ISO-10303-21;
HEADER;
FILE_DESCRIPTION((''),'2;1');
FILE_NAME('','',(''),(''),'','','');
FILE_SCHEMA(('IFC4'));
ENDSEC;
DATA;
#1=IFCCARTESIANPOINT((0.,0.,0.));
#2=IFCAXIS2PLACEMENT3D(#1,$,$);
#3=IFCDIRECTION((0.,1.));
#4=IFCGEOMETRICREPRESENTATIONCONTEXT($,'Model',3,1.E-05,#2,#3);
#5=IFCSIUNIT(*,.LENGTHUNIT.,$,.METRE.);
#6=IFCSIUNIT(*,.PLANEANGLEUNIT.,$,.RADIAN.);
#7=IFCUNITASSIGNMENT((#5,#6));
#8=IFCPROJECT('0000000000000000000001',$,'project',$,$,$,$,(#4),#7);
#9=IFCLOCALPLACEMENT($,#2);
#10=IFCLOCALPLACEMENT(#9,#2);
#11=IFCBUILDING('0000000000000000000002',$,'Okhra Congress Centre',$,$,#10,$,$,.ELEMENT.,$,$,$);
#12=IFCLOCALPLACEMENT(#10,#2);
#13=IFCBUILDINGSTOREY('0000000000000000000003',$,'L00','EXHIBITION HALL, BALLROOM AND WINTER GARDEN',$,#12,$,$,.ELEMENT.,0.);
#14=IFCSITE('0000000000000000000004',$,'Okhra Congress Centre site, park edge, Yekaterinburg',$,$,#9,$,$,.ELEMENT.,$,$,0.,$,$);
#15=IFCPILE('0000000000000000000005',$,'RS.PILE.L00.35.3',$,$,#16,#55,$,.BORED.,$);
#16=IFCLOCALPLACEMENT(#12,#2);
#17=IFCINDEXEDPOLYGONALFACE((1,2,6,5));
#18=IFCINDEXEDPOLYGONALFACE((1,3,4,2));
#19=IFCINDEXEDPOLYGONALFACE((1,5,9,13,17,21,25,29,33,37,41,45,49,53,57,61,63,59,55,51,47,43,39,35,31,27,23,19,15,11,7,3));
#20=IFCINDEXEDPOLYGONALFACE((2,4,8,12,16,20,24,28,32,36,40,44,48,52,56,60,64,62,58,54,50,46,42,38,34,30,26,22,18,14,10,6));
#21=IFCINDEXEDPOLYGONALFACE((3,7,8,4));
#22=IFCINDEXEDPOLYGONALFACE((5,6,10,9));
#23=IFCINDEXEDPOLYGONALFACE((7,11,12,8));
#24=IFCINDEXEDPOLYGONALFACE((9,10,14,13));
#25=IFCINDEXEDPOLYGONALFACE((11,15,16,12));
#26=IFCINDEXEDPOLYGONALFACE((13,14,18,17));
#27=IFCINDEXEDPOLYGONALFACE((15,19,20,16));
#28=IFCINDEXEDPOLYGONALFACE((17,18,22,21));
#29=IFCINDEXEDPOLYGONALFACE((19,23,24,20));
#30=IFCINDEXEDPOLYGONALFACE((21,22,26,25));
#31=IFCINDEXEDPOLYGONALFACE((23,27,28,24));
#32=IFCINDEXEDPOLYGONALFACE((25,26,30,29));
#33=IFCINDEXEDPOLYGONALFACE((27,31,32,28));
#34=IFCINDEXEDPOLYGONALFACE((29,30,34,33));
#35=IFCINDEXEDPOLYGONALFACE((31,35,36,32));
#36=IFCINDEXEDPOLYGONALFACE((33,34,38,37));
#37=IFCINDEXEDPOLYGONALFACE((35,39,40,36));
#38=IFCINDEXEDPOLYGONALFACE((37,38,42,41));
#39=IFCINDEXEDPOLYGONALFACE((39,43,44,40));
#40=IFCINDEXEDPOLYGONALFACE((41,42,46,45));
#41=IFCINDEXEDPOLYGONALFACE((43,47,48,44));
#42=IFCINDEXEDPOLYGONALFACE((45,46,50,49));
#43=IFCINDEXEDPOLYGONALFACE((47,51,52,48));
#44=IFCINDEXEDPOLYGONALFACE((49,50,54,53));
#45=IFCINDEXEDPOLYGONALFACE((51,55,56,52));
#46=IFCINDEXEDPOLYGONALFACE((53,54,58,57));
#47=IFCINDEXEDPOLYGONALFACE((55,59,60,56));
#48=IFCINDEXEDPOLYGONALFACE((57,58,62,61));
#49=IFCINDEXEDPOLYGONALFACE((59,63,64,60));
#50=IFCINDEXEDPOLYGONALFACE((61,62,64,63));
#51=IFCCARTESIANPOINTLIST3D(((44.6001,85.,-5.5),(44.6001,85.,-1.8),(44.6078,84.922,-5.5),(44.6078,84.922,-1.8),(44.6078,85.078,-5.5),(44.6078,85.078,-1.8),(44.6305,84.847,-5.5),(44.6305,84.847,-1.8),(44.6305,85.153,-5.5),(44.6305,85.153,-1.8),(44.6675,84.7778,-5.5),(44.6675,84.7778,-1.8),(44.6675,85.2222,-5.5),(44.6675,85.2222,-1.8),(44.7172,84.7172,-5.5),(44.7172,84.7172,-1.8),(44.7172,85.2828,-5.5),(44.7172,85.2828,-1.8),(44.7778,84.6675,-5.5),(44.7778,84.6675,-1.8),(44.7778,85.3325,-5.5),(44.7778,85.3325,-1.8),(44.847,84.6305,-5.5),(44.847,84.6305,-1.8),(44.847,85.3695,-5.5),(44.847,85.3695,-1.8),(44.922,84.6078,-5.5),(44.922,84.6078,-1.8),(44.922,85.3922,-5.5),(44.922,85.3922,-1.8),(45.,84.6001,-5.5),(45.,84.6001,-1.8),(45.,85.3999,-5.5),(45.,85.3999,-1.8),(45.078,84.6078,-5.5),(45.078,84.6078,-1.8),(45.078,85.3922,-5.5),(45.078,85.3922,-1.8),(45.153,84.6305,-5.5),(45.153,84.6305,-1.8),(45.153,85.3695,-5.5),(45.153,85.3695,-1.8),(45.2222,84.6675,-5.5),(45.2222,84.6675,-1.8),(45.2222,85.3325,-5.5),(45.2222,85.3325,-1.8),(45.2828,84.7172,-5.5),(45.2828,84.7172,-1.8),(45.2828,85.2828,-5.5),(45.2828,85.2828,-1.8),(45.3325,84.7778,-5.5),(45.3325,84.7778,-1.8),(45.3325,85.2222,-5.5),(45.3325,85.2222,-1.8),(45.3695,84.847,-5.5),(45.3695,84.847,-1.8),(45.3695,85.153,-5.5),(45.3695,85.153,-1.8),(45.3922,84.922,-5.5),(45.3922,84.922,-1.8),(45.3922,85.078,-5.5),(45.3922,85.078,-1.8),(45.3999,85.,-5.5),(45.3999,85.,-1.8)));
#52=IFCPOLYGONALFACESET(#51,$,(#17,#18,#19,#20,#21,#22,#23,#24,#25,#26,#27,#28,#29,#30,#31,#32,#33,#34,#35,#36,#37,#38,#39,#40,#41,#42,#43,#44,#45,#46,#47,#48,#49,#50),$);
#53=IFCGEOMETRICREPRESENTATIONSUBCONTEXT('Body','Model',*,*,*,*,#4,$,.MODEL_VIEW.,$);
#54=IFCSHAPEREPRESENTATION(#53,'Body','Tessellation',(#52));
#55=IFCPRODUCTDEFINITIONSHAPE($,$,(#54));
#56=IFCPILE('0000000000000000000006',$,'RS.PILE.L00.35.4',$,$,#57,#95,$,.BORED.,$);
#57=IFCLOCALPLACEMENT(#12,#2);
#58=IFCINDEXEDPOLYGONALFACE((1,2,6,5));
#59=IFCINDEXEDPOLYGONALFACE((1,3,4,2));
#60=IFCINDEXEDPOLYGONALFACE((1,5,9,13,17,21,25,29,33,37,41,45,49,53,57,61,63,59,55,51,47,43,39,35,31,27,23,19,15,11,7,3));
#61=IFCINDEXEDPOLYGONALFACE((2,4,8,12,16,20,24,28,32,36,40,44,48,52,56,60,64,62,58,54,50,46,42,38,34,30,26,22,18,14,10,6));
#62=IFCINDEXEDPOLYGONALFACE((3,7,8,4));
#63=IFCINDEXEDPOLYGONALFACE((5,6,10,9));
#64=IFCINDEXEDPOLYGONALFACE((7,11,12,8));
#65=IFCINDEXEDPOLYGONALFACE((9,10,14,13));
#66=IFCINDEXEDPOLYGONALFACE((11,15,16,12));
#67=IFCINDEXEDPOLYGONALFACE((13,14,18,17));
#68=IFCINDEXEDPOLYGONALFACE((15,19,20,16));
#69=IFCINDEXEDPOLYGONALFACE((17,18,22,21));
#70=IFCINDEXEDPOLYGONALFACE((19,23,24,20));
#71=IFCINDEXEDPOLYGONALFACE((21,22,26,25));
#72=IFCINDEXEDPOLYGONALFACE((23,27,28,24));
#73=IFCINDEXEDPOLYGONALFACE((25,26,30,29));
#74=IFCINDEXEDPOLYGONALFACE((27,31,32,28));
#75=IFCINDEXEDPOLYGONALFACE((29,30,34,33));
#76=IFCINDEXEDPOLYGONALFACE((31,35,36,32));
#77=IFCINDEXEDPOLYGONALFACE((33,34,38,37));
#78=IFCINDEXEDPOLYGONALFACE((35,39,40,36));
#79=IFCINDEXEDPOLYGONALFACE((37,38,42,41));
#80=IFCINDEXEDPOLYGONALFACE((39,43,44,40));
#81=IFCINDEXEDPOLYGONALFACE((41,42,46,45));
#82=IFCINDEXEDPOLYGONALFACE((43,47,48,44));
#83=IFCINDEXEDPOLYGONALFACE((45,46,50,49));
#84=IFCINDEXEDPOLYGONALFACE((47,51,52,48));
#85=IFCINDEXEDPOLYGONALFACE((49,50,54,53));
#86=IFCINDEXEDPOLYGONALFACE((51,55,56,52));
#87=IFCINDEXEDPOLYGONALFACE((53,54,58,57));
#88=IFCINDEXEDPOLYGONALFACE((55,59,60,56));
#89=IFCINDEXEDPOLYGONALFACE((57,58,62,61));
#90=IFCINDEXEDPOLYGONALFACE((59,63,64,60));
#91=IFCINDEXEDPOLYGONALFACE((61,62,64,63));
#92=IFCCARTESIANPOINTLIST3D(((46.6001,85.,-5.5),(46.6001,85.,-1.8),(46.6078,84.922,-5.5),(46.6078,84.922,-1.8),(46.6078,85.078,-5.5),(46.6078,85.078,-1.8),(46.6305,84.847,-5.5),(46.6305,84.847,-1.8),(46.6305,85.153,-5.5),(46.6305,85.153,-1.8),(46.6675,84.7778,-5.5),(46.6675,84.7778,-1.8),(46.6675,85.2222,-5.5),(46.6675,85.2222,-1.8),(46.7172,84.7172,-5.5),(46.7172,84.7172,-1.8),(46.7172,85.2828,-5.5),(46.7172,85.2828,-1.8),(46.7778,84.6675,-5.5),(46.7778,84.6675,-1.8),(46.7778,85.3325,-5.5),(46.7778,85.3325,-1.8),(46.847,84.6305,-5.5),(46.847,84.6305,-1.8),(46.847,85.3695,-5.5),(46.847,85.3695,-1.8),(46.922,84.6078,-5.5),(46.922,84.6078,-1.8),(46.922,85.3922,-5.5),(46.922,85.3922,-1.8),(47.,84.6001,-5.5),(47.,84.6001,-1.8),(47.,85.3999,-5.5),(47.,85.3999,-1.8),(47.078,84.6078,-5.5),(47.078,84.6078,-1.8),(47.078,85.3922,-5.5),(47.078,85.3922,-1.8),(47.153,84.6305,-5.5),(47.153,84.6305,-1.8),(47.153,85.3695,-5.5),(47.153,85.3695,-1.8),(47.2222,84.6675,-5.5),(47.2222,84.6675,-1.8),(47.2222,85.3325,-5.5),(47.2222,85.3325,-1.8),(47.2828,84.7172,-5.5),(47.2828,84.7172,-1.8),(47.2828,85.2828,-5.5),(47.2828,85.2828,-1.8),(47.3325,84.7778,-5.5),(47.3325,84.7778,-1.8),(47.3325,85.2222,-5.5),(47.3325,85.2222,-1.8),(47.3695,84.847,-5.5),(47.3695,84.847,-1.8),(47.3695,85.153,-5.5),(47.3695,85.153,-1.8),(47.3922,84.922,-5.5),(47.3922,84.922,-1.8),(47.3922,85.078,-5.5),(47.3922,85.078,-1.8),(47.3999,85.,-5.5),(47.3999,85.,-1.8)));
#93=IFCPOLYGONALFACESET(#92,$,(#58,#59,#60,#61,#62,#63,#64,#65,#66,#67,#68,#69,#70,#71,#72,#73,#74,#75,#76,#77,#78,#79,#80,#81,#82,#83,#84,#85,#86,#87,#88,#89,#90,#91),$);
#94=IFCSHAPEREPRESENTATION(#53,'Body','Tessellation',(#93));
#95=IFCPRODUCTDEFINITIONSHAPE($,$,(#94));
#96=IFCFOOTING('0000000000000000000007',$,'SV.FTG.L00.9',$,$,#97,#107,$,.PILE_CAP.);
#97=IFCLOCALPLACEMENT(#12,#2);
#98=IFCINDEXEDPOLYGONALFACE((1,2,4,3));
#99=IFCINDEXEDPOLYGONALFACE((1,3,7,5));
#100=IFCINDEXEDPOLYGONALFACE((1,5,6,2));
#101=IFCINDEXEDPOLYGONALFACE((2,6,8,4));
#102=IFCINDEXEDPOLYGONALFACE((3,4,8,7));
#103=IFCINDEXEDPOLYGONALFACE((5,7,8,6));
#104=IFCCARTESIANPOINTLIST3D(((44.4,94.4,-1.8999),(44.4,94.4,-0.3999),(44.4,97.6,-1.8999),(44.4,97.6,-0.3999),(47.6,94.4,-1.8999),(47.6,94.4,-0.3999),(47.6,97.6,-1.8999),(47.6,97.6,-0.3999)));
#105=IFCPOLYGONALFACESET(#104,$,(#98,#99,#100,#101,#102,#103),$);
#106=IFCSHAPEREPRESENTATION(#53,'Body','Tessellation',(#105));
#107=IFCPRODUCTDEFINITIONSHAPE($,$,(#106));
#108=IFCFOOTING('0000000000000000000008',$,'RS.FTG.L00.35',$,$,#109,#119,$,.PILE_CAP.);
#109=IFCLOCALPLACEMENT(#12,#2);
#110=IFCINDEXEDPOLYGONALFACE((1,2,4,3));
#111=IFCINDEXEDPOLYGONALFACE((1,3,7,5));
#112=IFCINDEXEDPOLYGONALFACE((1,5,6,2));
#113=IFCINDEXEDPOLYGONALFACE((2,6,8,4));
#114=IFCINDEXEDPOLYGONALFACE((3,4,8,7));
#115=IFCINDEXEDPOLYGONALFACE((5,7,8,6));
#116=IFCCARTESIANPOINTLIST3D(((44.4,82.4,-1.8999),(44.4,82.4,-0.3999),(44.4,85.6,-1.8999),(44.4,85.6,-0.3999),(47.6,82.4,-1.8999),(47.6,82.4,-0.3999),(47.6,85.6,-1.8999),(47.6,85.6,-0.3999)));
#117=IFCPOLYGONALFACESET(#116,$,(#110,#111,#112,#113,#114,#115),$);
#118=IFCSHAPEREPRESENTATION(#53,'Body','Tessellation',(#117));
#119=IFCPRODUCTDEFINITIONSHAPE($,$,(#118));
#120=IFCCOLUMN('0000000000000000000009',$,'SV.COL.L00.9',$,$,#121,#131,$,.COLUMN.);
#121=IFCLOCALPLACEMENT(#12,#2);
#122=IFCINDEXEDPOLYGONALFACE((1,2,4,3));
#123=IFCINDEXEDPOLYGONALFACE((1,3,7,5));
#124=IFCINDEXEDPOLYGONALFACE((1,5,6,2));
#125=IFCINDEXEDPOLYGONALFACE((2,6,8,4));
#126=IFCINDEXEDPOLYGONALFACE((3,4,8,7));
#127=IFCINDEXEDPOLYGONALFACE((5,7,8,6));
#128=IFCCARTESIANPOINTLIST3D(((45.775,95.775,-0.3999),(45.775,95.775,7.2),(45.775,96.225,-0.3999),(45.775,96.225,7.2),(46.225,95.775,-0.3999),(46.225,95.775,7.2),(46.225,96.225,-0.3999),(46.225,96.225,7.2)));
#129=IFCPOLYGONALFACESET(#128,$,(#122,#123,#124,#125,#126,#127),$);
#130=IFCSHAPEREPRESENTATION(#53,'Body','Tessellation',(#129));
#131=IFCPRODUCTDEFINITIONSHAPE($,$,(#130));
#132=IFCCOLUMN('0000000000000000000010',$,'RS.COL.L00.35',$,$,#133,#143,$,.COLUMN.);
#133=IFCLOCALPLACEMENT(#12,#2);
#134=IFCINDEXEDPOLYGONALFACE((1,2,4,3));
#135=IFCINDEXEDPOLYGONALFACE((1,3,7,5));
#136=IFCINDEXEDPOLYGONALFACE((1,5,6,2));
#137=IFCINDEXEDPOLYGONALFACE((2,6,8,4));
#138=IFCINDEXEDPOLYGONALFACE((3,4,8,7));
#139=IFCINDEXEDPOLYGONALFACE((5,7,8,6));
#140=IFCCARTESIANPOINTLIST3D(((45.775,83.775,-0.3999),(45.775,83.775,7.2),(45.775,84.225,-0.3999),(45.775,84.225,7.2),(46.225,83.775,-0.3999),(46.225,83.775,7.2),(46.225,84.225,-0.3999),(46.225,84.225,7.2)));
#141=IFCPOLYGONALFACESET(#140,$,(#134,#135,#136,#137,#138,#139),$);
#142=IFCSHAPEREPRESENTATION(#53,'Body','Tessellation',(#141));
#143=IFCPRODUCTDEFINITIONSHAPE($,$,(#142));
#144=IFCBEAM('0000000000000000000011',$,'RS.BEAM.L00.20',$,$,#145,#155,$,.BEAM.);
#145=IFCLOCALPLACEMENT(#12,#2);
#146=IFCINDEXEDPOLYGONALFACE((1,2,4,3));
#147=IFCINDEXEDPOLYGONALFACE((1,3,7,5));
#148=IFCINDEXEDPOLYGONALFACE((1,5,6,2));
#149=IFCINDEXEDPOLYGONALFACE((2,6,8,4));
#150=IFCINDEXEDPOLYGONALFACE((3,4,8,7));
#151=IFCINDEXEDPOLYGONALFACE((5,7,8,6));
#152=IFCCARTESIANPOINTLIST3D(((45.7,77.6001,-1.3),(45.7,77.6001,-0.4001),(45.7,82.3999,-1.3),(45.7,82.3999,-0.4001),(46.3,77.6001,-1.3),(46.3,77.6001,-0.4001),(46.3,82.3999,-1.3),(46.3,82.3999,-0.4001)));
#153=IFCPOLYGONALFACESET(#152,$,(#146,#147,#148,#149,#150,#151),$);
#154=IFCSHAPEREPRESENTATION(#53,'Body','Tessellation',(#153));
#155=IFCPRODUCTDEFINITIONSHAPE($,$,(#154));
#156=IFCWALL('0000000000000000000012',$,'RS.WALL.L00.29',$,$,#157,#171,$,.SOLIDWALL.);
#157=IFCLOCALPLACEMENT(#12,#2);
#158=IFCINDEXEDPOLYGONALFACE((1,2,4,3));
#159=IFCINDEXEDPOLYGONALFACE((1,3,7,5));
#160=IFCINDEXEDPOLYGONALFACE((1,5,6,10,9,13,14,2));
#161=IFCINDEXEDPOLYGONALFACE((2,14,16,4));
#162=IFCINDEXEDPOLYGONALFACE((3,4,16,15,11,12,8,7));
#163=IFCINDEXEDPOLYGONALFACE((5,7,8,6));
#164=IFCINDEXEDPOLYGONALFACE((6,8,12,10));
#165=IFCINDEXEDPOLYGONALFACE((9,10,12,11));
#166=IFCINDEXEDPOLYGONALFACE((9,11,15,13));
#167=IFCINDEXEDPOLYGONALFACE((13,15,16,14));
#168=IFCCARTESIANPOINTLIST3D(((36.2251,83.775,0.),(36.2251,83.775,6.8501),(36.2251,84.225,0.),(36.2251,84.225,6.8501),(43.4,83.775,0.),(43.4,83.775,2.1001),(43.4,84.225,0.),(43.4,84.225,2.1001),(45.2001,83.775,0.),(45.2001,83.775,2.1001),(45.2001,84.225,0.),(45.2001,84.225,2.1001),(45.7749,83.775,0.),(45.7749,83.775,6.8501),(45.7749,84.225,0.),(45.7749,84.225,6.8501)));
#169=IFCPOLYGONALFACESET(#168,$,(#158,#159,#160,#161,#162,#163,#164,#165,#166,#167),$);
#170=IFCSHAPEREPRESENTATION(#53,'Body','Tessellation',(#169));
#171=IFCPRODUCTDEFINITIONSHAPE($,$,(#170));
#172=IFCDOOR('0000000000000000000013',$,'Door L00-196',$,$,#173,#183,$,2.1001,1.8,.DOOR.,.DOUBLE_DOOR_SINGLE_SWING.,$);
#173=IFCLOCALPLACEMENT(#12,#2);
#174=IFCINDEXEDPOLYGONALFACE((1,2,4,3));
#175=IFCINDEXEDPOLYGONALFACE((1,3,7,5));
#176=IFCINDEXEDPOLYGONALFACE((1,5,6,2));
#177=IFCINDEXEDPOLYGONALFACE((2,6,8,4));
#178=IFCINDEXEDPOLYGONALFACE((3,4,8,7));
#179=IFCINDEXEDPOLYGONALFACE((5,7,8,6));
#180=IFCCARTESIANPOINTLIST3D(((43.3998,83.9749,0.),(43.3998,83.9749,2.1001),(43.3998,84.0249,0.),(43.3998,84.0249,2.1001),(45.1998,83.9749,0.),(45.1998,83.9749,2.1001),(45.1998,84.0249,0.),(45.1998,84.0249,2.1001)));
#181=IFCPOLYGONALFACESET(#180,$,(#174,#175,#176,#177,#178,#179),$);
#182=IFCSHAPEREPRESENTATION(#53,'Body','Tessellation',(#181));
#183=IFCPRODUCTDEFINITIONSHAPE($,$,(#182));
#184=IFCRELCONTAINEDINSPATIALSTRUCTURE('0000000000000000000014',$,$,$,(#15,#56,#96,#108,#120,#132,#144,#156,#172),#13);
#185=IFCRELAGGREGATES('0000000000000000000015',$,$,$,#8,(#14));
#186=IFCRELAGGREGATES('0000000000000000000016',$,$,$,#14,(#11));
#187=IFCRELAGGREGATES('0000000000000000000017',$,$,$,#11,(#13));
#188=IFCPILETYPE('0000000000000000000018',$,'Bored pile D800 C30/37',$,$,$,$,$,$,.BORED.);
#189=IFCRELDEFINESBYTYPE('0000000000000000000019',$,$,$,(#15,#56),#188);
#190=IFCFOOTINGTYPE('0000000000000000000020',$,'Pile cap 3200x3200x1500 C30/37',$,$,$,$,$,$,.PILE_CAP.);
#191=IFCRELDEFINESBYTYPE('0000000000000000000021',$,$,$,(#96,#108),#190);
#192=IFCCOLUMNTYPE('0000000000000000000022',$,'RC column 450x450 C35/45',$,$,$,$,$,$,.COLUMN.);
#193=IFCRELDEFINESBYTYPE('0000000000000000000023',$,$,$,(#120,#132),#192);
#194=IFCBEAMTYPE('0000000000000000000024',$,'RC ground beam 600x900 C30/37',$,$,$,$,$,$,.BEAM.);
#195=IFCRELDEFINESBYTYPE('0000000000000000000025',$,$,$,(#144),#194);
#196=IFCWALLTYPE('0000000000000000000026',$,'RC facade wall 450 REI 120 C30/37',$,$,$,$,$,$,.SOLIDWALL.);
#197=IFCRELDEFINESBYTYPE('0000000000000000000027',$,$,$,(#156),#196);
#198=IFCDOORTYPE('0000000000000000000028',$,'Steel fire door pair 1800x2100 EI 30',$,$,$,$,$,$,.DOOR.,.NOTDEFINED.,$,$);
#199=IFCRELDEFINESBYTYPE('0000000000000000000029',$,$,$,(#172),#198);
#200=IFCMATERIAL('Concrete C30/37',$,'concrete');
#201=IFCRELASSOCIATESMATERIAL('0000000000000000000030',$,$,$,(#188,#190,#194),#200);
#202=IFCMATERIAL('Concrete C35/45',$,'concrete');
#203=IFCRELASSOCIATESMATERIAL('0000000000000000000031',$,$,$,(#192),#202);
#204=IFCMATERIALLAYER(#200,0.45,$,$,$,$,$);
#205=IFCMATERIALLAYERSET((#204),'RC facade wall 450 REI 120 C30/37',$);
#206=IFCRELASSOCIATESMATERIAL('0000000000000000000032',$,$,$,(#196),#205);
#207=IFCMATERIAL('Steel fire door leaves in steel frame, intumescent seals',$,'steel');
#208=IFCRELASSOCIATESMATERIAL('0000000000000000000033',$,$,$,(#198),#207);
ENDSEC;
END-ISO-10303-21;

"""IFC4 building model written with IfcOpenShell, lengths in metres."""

from ifc_helpers import new_model, si_unit, direction, frame, frame_2d, origin, origin_2d, place, context, subcontext, project, spatial, rectangle, circle, extrude, material, layer, layer_set, material_profile, profile_set, type_object, element, fill, save


model = new_model("IFC4")

# Units and contexts
model_context = context("Model", 3, precision=1e-05, world=origin(), true_north=direction((0.0, 1.0)))
body_context = subcontext(model_context, "Body", "Model", "MODEL_VIEW")
ifc_project = project(units=[si_unit("LENGTHUNIT", "METRE"), si_unit("PLANEANGLEUNIT", "RADIAN")], contexts=[model_context])

# Site, building, storey
site_placement = place(None, origin())
site = spatial("IfcSite", under=ifc_project, at=site_placement, Name="Okhra Congress Centre site, park edge, Yekaterinburg", CompositionType="ELEMENT", RefElevation=0.0)
building_placement = place(site_placement, origin())
building = spatial("IfcBuilding", under=site, at=building_placement, Name="Okhra Congress Centre", CompositionType="ELEMENT")
storey_placement = place(building_placement, origin())
storey = spatial("IfcBuildingStorey", under=building, at=storey_placement, Name="L00", Description="EXHIBITION HALL, BALLROOM AND WINTER GARDEN", CompositionType="ELEMENT", Elevation=0.0)

# Piles
ifc_material_1 = material(Name="Concrete C30/37", Category="concrete")
ifc_material_profile_1 = material_profile(ifc_material_1, circle(Radius=0.3999, at=origin_2d()), Name="D800")
ifc_profile_set_1 = profile_set([ifc_material_profile_1], Name="Concrete C30/37")
pile_type = type_object("IfcPileType", Name="Bored pile D800 C30/37", PredefinedType="BORED", material=ifc_profile_set_1)
for number, where, z_axis, x_axis, name in (
    (1, (45.0, 85.0, -1.8), (0.0, 0.0, -1.0), (1.0, 0.0, 0.0), "RS.PILE.L00.35.3"),
    (2, (47.0, 85.0, -1.8), (0.0, 0.0, -1.0), (1.0, 0.0, 0.0), "RS.PILE.L00.35.4"),
):
    element("IfcPile", number, at=place(storey_placement, frame(where, z_axis=z_axis, x_axis=x_axis)), inside=storey, type_object=pile_type, Name=name, PredefinedType="BORED", context=body_context, shape_type="SweptSolid", body=[
        extrude(circle(Radius=0.3999, at=origin_2d()), origin(), (0.0, 0.0, 1.0), 3.7),
    ])

# Footings
footing_type = type_object("IfcFootingType", Name="Pile cap 3200x3200x1500 C30/37", PredefinedType="PILE_CAP", material=ifc_material_1)
for number, where, z_axis, x_axis, name in (
    (3, (46.0, 96.0, -1.8999), (0.0, 0.0, 1.0), (1.0, 0.0, 0.0), "SV.FTG.L00.9"),
    (4, (46.0, 84.0, -1.8999), (0.0, 0.0, 1.0), (1.0, 0.0, 0.0), "RS.FTG.L00.35"),
):
    element("IfcFooting", number, at=place(storey_placement, frame(where, z_axis=z_axis, x_axis=x_axis)), inside=storey, type_object=footing_type, Name=name, PredefinedType="PILE_CAP", context=body_context, shape_type="SweptSolid", body=[
        extrude(rectangle(XDim=3.2, YDim=3.2, at=origin_2d()), origin(), (0.0, 0.0, 1.0), 1.5),
    ])

# Columns
ifc_material_2 = material(Name="Concrete C35/45", Category="concrete")
ifc_material_profile_2 = material_profile(ifc_material_2, rectangle(XDim=0.45, YDim=0.45, at=origin_2d()), Name="RC 450x450")
ifc_profile_set_2 = profile_set([ifc_material_profile_2], Name="Concrete C35/45")
column_type = type_object("IfcColumnType", Name="RC column 450x450 C35/45", PredefinedType="COLUMN", material=ifc_profile_set_2)
for number, where, z_axis, x_axis, name in (
    (5, (46.0, 96.0, -0.3999), (0.0, 0.0, 1.0), (1.0, 0.0, 0.0), "SV.COL.L00.9"),
    (6, (46.0, 84.0, -0.3999), (0.0, 0.0, 1.0), (1.0, 0.0, 0.0), "RS.COL.L00.35"),
):
    element("IfcColumn", number, at=place(storey_placement, frame(where, z_axis=z_axis, x_axis=x_axis)), inside=storey, type_object=column_type, Name=name, PredefinedType="COLUMN", context=body_context, shape_type="SweptSolid", body=[
        extrude(rectangle(XDim=0.45, YDim=0.45, at=origin_2d()), origin(), (0.0, 0.0, 1.0), 7.5999),
    ])

# Beam
ifc_material_profile_3 = material_profile(ifc_material_1, rectangle(XDim=0.6001, YDim=0.8999, at=origin_2d()), Name="RC 600x900")
ifc_profile_set_3 = profile_set([ifc_material_profile_3], Name="Concrete C30/37")
beam_type = type_object("IfcBeamType", Name="RC ground beam 600x900 C30/37", PredefinedType="BEAM", material=ifc_profile_set_3)
beam_placement = place(storey_placement, frame((46.0, 77.6001, -0.8501), z_axis=(0.0, 1.0, 0.0), x_axis=(-1.0, 0.0, 0.0)))
element("IfcBeam", 7, at=beam_placement, inside=storey, type_object=beam_type, Name="RS.BEAM.L00.20", PredefinedType="BEAM", context=body_context, shape_type="SweptSolid", body=[
    extrude(rectangle(XDim=0.6001, YDim=0.8999, at=origin_2d()), origin(), (0.0, 0.0, 1.0), 4.7998),
])

# Wall, opening, door
ifc_layer_1 = layer(ifc_material_1, 0.45)
ifc_layer_set_1 = layer_set([ifc_layer_1], Name="RC facade wall 450 REI 120 C30/37")
wall_type_1 = type_object("IfcWallType", Name="RC facade wall 450 REI 120 C30/37", PredefinedType="SOLIDWALL", material=ifc_layer_set_1)
wall_1_placement = place(storey_placement, frame((45.7749, 84.0, 0.0), z_axis=(0.0, 0.0, 1.0), x_axis=(-1.0, 0.0, 0.0)))
wall_1 = element("IfcWall", 8, at=wall_1_placement, inside=storey, type_object=wall_type_1, Name="RS.WALL.L00.29", PredefinedType="SOLIDWALL", context=body_context, shape_type="SweptSolid", body=[
    extrude(rectangle(XDim=9.5498, YDim=0.45, at=frame_2d((4.7749, 0.0))), origin(), (0.0, 0.0, 1.0), 6.8501),
])
opening_1_placement = place(wall_1_placement, frame((0.575, 0.0, 0.0)))
opening_1 = element("IfcOpeningElement", 9, at=opening_1_placement, cuts=wall_1, PredefinedType="OPENING", context=body_context, shape_type="SweptSolid", body=[
    extrude(rectangle(XDim=1.8, YDim=2.1001, at=frame_2d((0.8999, 1.05))), frame((0.0, 0.2349, 0.0), z_axis=(0.0, -1.0, 0.0), x_axis=(1.0, 0.0, 0.0)), (0.0, 0.0, 1.0), 0.47),
])
ifc_material_3 = material(Name="Steel fire door leaves in steel frame, intumescent seals", Category="steel")
door_type = type_object("IfcDoorType", Name="Steel fire door pair 1800x2100 EI 30", OperationType="NOTDEFINED", PredefinedType="DOOR", material=ifc_material_3)
door_placement = place(opening_1_placement, frame((1.8, 0.0, 0.0), z_axis=(0.0, 0.0, 1.0), x_axis=(-1.0, 0.0, 0.0)))
door = element("IfcDoor", 10, at=door_placement, inside=storey, type_object=door_type, Name="Door L00-196", OperationType="DOUBLE_DOOR_SINGLE_SWING", OverallHeight=2.1001, OverallWidth=1.8, PredefinedType="DOOR", context=body_context, shape_type="SweptSolid", body=[
    extrude(rectangle(XDim=1.8, YDim=2.1001, at=frame_2d((0.8999, 1.05))), frame((0.0, 0.0249, 0.0), z_axis=(0.0, -1.0, 0.0), x_axis=(1.0, 0.0, 0.0)), (0.0, 0.0, 1.0), 0.05),
])
fill(opening_1, door)

save(model, "model.ifc")
